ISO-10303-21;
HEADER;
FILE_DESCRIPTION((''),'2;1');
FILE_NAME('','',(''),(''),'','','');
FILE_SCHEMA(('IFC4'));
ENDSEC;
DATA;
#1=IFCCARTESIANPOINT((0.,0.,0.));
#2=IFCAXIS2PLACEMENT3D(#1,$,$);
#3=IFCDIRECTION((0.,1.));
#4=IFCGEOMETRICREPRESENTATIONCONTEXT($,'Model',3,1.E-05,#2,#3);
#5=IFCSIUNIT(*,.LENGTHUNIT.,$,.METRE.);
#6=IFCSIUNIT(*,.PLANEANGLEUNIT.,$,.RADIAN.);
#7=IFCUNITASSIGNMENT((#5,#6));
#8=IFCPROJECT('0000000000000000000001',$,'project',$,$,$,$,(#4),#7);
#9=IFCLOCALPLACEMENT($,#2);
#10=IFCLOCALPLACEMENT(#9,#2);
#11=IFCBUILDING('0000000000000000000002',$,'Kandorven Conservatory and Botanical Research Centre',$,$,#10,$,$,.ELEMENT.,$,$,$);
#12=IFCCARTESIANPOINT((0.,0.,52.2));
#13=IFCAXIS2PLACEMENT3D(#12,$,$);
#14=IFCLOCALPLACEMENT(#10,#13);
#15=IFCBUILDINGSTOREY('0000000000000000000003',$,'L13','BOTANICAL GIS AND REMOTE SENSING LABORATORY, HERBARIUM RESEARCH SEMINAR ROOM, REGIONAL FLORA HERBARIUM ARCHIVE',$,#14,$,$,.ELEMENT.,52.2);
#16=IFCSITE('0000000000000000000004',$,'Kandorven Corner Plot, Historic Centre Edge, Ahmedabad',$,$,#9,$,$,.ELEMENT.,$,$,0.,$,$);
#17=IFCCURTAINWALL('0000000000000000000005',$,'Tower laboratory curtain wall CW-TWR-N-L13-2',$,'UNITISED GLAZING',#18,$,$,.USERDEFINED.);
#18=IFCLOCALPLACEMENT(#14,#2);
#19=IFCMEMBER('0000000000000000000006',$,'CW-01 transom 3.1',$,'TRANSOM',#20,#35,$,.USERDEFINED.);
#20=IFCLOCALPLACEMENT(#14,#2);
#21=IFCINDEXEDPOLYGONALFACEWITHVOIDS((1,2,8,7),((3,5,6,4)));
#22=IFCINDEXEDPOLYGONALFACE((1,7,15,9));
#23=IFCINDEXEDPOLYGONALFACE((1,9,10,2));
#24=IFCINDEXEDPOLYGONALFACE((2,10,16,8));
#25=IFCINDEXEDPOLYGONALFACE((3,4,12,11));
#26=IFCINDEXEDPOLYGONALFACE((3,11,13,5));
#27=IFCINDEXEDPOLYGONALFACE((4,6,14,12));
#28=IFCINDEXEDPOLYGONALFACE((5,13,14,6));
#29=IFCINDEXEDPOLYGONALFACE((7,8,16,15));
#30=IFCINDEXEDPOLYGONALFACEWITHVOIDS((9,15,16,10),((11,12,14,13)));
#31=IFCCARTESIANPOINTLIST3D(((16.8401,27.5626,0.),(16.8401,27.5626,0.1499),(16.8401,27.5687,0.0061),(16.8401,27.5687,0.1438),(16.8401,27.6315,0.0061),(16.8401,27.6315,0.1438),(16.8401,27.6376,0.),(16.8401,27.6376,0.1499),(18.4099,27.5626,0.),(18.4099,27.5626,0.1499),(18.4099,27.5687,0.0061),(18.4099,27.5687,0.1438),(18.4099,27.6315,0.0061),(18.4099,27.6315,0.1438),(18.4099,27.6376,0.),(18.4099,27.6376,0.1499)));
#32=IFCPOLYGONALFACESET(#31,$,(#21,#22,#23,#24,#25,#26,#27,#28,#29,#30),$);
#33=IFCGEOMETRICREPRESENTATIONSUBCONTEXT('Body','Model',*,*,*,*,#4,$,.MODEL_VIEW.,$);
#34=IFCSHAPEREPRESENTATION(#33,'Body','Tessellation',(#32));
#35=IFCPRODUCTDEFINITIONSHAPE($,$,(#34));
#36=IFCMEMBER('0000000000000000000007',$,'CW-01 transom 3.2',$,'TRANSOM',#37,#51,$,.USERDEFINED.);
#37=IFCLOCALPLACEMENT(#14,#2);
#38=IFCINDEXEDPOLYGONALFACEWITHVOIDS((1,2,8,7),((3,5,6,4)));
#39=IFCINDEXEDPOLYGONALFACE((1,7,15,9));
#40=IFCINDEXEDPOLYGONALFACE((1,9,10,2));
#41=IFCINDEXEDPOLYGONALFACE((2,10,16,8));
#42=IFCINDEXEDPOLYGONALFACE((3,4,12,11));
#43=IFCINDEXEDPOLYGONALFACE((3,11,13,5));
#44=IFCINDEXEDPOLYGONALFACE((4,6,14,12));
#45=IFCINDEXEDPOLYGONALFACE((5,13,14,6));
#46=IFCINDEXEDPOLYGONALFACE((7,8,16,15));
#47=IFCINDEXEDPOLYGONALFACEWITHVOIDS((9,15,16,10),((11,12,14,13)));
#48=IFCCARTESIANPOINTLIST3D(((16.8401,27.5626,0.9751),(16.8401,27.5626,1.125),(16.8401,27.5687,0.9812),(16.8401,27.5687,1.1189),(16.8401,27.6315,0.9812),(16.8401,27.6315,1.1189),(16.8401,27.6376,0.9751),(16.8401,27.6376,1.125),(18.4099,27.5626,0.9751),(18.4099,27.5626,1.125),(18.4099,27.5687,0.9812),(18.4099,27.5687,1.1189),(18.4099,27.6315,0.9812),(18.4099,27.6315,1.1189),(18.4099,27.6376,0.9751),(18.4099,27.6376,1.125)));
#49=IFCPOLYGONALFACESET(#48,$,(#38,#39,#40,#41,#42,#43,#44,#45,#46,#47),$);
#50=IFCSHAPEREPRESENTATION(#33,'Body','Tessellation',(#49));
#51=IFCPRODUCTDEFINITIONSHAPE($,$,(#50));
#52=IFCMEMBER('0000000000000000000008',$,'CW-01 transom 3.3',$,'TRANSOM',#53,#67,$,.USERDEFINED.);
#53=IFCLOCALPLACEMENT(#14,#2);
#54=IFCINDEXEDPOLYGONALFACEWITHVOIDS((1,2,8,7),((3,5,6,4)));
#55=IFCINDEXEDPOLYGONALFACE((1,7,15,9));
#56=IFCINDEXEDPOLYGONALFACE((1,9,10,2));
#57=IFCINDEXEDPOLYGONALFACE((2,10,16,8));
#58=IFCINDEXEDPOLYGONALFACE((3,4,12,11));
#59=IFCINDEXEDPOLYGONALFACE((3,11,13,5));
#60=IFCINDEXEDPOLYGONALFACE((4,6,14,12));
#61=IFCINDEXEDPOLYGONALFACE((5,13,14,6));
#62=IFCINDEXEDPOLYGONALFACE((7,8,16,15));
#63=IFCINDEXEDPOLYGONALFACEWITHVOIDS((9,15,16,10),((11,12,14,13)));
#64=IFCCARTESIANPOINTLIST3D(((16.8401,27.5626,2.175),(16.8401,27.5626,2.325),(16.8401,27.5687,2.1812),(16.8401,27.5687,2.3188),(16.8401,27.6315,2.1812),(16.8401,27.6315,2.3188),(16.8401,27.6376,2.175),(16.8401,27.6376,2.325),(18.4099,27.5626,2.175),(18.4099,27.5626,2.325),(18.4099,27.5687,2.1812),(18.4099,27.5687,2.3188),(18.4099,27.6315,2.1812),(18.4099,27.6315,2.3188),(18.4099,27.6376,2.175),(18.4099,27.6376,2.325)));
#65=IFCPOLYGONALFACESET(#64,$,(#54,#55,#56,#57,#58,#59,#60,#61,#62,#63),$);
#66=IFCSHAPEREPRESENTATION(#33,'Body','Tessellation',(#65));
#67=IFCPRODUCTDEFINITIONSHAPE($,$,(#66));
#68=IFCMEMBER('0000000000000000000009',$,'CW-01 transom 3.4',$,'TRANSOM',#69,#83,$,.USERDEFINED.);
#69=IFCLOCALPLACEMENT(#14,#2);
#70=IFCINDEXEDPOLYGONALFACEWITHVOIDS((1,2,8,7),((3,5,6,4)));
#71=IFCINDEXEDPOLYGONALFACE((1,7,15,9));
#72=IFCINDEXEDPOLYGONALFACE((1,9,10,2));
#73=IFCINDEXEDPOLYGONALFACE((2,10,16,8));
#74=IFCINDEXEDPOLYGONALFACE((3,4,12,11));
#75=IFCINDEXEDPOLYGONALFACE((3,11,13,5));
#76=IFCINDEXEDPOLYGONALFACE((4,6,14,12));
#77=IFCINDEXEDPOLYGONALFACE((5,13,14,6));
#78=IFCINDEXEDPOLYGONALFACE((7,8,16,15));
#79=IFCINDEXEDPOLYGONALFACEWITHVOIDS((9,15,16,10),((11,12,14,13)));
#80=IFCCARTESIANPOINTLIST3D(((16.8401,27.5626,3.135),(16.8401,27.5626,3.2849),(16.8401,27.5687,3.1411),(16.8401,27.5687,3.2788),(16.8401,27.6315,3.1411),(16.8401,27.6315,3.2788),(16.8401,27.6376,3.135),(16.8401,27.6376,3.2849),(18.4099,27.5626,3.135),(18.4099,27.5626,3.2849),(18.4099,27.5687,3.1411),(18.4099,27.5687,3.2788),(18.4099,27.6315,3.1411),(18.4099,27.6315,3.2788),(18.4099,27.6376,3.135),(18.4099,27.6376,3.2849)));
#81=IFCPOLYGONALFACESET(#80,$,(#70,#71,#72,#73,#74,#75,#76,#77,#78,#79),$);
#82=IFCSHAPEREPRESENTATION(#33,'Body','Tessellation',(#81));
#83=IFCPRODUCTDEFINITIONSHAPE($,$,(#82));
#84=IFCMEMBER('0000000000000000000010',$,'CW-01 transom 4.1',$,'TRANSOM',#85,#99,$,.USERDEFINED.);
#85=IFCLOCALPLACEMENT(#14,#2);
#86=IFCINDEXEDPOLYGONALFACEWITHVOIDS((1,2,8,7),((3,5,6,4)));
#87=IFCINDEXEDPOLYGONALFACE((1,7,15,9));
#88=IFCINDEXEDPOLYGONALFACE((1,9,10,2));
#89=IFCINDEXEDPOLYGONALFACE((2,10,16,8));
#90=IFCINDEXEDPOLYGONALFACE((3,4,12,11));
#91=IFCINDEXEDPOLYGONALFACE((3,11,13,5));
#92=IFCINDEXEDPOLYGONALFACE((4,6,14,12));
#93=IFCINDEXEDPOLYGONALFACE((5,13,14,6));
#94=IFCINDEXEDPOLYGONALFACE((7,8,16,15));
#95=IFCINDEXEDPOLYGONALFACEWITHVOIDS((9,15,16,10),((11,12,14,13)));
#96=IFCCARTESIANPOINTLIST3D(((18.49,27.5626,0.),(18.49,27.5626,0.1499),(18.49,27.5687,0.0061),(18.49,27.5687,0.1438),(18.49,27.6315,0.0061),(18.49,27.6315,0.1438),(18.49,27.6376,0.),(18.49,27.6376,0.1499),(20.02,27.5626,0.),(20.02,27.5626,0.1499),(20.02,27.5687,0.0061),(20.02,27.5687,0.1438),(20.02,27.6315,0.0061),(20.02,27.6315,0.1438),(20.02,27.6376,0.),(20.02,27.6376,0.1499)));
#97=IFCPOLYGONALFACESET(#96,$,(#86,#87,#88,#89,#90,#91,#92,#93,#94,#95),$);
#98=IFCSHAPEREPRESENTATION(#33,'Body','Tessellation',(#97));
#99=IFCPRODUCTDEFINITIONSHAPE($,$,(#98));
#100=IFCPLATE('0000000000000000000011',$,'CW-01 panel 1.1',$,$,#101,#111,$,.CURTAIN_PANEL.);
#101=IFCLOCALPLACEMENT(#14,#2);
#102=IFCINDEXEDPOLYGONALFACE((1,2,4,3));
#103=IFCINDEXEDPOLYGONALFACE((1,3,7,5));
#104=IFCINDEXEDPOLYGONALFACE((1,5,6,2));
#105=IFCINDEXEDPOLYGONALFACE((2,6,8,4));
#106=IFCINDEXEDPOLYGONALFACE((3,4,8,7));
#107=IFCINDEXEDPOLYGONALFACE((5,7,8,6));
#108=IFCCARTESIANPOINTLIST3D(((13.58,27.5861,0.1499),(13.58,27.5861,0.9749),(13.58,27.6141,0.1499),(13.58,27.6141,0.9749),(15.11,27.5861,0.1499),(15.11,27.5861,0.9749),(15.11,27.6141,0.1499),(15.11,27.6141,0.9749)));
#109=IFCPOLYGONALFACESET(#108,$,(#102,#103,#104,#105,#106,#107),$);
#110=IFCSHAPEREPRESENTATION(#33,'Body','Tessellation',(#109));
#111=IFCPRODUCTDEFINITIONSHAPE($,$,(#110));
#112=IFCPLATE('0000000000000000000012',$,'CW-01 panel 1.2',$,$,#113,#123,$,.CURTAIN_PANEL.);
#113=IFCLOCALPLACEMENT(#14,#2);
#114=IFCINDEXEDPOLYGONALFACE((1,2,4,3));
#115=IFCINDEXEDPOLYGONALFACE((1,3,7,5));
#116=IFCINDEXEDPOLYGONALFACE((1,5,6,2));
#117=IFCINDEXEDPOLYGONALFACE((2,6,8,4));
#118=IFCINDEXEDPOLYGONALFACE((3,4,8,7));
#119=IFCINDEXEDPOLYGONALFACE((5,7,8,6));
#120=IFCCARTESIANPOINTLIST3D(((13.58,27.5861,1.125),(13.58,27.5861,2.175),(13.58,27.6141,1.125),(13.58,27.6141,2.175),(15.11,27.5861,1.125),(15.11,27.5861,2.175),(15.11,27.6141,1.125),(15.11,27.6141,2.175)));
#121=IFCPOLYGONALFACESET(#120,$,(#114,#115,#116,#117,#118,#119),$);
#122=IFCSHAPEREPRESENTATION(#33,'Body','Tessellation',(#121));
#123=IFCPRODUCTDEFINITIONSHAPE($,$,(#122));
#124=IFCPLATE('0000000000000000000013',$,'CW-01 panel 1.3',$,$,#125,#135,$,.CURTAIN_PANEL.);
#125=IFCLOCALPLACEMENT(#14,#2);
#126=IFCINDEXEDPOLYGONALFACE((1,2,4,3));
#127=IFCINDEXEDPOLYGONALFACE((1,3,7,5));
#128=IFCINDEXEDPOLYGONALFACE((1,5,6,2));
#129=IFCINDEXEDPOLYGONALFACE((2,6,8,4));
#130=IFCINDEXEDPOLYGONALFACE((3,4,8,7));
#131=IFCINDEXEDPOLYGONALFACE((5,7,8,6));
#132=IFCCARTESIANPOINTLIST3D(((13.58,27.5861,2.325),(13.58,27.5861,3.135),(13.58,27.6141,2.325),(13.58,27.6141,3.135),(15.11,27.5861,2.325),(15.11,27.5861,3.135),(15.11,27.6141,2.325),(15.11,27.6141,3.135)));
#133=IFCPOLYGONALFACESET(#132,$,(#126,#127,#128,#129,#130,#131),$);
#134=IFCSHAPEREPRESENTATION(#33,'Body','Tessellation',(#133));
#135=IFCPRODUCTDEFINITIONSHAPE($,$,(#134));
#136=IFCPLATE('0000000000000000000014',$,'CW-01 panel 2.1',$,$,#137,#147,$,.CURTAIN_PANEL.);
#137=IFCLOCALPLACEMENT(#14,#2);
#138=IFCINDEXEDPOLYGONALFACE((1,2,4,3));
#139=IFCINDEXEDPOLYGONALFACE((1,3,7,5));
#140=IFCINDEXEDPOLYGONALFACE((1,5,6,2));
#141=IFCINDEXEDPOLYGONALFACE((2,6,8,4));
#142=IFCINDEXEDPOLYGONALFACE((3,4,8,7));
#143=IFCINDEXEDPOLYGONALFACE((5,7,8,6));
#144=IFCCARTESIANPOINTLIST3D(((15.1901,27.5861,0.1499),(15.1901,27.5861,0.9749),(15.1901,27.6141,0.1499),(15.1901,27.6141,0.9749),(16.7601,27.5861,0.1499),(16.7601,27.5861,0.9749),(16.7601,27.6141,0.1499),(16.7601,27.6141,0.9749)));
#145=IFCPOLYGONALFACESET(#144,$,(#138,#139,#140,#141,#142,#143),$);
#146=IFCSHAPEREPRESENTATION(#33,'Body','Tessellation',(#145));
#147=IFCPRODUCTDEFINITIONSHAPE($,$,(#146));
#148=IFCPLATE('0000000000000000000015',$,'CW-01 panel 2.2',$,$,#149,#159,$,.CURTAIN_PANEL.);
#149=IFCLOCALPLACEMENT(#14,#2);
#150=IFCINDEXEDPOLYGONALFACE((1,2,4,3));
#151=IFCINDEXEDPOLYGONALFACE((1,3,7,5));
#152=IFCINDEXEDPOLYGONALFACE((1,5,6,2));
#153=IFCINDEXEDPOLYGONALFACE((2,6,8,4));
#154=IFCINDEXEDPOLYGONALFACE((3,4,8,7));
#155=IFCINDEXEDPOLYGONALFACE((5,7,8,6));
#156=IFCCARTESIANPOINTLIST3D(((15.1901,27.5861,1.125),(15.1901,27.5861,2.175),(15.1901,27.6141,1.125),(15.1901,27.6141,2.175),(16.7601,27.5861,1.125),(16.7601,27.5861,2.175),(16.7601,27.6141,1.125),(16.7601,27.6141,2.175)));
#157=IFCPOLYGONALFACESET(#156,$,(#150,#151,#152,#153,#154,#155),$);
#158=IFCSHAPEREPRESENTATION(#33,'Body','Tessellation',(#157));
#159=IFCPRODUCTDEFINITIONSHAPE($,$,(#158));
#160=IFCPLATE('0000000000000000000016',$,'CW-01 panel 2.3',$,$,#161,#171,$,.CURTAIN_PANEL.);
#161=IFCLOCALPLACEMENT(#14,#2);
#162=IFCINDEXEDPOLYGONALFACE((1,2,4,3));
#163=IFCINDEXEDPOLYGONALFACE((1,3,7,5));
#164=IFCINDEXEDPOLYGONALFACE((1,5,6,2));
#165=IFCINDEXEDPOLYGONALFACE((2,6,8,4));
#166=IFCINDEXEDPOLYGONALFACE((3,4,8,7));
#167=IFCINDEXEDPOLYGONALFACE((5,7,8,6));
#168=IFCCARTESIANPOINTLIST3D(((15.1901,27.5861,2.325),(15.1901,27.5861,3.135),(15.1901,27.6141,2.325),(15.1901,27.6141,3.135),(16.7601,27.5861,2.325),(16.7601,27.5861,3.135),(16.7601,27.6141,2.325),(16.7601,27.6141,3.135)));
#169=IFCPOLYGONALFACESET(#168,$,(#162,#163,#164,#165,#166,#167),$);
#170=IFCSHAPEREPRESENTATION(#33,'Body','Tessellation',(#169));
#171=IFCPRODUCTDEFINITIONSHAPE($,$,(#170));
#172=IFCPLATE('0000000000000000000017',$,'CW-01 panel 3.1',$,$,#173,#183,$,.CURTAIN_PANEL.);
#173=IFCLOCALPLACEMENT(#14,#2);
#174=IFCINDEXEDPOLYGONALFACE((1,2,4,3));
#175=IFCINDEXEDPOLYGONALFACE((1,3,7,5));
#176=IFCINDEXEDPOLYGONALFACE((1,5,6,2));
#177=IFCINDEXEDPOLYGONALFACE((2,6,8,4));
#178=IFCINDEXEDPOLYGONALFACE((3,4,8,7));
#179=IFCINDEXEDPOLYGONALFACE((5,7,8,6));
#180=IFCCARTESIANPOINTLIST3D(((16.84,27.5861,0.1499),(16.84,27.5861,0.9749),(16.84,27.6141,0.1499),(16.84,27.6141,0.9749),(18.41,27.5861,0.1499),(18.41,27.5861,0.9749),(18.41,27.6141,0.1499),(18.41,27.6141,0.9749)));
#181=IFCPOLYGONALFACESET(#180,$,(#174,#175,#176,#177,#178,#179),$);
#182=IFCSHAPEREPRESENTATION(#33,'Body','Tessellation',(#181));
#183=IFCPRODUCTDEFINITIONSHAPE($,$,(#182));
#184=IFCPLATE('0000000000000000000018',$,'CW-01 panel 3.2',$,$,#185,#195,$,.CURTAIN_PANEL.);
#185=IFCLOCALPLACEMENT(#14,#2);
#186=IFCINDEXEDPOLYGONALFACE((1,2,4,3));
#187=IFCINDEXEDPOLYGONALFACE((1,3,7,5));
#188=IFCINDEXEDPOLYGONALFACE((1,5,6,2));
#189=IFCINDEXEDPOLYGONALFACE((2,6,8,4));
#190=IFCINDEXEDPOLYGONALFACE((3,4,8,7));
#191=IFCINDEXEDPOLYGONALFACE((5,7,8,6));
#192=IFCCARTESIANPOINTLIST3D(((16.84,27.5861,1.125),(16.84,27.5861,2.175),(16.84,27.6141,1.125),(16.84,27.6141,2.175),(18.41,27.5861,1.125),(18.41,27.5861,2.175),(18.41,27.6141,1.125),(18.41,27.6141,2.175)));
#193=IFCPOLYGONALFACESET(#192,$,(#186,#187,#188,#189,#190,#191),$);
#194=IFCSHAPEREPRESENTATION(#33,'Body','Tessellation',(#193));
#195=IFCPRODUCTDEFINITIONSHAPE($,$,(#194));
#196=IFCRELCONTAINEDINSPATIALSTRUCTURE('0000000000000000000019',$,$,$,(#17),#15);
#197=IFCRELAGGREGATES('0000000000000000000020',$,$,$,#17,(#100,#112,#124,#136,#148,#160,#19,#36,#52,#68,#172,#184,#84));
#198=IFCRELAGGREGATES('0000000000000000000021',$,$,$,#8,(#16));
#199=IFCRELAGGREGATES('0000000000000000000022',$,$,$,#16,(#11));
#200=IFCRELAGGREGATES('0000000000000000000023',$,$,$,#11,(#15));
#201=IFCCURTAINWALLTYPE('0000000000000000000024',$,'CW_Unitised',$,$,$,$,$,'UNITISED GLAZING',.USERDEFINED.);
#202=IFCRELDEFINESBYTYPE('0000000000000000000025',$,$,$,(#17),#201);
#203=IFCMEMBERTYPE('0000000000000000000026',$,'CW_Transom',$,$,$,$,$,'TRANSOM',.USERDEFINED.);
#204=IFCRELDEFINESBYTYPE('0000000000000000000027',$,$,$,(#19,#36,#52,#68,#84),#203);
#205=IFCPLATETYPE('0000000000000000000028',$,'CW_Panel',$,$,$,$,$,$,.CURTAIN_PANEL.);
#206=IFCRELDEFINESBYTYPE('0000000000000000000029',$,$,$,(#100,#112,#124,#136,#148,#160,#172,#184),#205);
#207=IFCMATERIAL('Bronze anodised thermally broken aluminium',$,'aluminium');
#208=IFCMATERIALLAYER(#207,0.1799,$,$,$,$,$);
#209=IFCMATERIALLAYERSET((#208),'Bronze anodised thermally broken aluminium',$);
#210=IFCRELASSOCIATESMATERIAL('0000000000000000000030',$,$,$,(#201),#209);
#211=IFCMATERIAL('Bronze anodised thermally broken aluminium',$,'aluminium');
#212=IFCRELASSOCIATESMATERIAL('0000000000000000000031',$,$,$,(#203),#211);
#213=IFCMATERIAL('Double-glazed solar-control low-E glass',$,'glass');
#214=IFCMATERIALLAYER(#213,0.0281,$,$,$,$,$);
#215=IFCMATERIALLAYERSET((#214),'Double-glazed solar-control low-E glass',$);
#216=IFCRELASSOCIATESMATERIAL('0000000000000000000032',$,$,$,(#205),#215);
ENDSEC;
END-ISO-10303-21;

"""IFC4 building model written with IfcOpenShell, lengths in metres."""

from ifc_helpers import new_model, si_unit, direction, frame, origin, origin_2d, place, context, subcontext, project, spatial, rectangle, hollow_rectangle, extrude, material, layer, layer_set, material_profile, profile_set, type_object, element, aggregate, save


model = new_model("IFC4")

# Units and contexts
model_context = context("Model", 3, precision=1e-05, world=origin(), true_north=direction((0.0, 1.0)))
body_context = subcontext(model_context, "Body", "Model", "MODEL_VIEW")
ifc_project = project(units=[si_unit("LENGTHUNIT", "METRE"), si_unit("PLANEANGLEUNIT", "RADIAN")], contexts=[model_context])

# Site, building, storey
site_placement = place(None, origin())
site = spatial("IfcSite", under=ifc_project, at=site_placement, Name="Kandorven Corner Plot, Historic Centre Edge, Ahmedabad", CompositionType="ELEMENT", RefElevation=0.0)
building_placement = place(site_placement, origin())
building = spatial("IfcBuilding", under=site, at=building_placement, Name="Kandorven Conservatory and Botanical Research Centre", CompositionType="ELEMENT")
storey_placement = place(building_placement, frame((0.0, 0.0, 52.2)))
storey = spatial("IfcBuildingStorey", under=building, at=storey_placement, Name="L13", Description="BOTANICAL GIS AND REMOTE SENSING LABORATORY, HERBARIUM RESEARCH SEMINAR ROOM, REGIONAL FLORA HERBARIUM ARCHIVE", CompositionType="ELEMENT", Elevation=52.2)

# Curtain wall, members, plates
ifc_material_1 = material(Name="Bronze anodised thermally broken aluminium", Category="aluminium")
ifc_layer_1 = layer(ifc_material_1, 0.1799)
ifc_layer_set_1 = layer_set([ifc_layer_1], Name="Bronze anodised thermally broken aluminium")
curtain_wall_type = type_object("IfcCurtainWallType", Name="CW_Unitised", ElementType="UNITISED GLAZING", PredefinedType="USERDEFINED", material=ifc_layer_set_1)
curtain_wall_placement = place(storey_placement, origin())
curtain_wall = element("IfcCurtainWall", 1, at=curtain_wall_placement, inside=storey, type_object=curtain_wall_type, Name="Tower laboratory curtain wall CW-TWR-N-L13-2", ObjectType="UNITISED GLAZING", PredefinedType="USERDEFINED")
ifc_material_2 = material(Name="Bronze anodised thermally broken aluminium", Category="aluminium")
ifc_material_profile_1 = material_profile(ifc_material_2, hollow_rectangle(XDim=0.075, YDim=0.1499, WallThickness=0.0061, at=origin_2d()))
ifc_profile_set_1 = profile_set([ifc_material_profile_1], Name="Bronze anodised thermally broken aluminium")
member_type_1 = type_object("IfcMemberType", Name="CW_Transom", ElementType="TRANSOM", PredefinedType="USERDEFINED", material=ifc_profile_set_1)
member_1_placement = place(storey_placement, frame((16.8401, 27.6001, 0.075), z_axis=(1.0, 0.0, 0.0), x_axis=(0.0, 1.0, 0.0)))
member_1 = element("IfcMember", 2, at=member_1_placement, type_object=member_type_1, Name="CW-01 transom 3.1", ObjectType="TRANSOM", PredefinedType="USERDEFINED", context=body_context, shape_type="SweptSolid", body=[
    extrude(hollow_rectangle(XDim=0.075, YDim=0.1499, WallThickness=0.0061, at=origin_2d()), origin(), (0.0, 0.0, 1.0), 1.5698),
])
member_2_placement = place(storey_placement, frame((16.8401, 27.6001, 1.05), z_axis=(1.0, 0.0, 0.0), x_axis=(0.0, 1.0, 0.0)))
member_2 = element("IfcMember", 3, at=member_2_placement, type_object=member_type_1, Name="CW-01 transom 3.2", ObjectType="TRANSOM", PredefinedType="USERDEFINED", context=body_context, shape_type="SweptSolid", body=[
    extrude(hollow_rectangle(XDim=0.075, YDim=0.1499, WallThickness=0.0061, at=origin_2d()), origin(), (0.0, 0.0, 1.0), 1.5698),
])
member_3_placement = place(storey_placement, frame((16.8401, 27.6001, 2.25), z_axis=(1.0, 0.0, 0.0), x_axis=(0.0, 1.0, 0.0)))
member_3 = element("IfcMember", 4, at=member_3_placement, type_object=member_type_1, Name="CW-01 transom 3.3", ObjectType="TRANSOM", PredefinedType="USERDEFINED", context=body_context, shape_type="SweptSolid", body=[
    extrude(hollow_rectangle(XDim=0.075, YDim=0.1499, WallThickness=0.0061, at=origin_2d()), origin(), (0.0, 0.0, 1.0), 1.5698),
])
member_4_placement = place(storey_placement, frame((16.8401, 27.6001, 3.21), z_axis=(1.0, 0.0, 0.0), x_axis=(0.0, 1.0, 0.0)))
member_4 = element("IfcMember", 5, at=member_4_placement, type_object=member_type_1, Name="CW-01 transom 3.4", ObjectType="TRANSOM", PredefinedType="USERDEFINED", context=body_context, shape_type="SweptSolid", body=[
    extrude(hollow_rectangle(XDim=0.075, YDim=0.1499, WallThickness=0.0061, at=origin_2d()), origin(), (0.0, 0.0, 1.0), 1.5698),
])
member_5_placement = place(storey_placement, frame((18.49, 27.6001, 0.075), z_axis=(1.0, 0.0, 0.0), x_axis=(0.0, 1.0, 0.0)))
member_5 = element("IfcMember", 6, at=member_5_placement, type_object=member_type_1, Name="CW-01 transom 4.1", ObjectType="TRANSOM", PredefinedType="USERDEFINED", context=body_context, shape_type="SweptSolid", body=[
    extrude(hollow_rectangle(XDim=0.075, YDim=0.1499, WallThickness=0.0061, at=origin_2d()), origin(), (0.0, 0.0, 1.0), 1.53),
])
ifc_material_3 = material(Name="Double-glazed solar-control low-E glass", Category="glass")
ifc_layer_2 = layer(ifc_material_3, 0.0281)
ifc_layer_set_2 = layer_set([ifc_layer_2], Name="Double-glazed solar-control low-E glass")
plate_type = type_object("IfcPlateType", Name="CW_Panel", PredefinedType="CURTAIN_PANEL", material=ifc_layer_set_2)
plate_1_placement = place(storey_placement, frame((14.345, 27.6001, 0.1499), z_axis=(0.0, 0.0, 1.0), x_axis=(1.0, 0.0, 0.0)))
plate_1 = element("IfcPlate", 7, at=plate_1_placement, type_object=plate_type, Name="CW-01 panel 1.1", PredefinedType="CURTAIN_PANEL", context=body_context, shape_type="SweptSolid", body=[
    extrude(rectangle(XDim=1.53, YDim=0.0281, at=origin_2d()), origin(), (0.0, 0.0, 1.0), 0.825),
])
plate_2_placement = place(storey_placement, frame((14.345, 27.6001, 1.125), z_axis=(0.0, 0.0, 1.0), x_axis=(1.0, 0.0, 0.0)))
plate_2 = element("IfcPlate", 8, at=plate_2_placement, type_object=plate_type, Name="CW-01 panel 1.2", PredefinedType="CURTAIN_PANEL", context=body_context, shape_type="SweptSolid", body=[
    extrude(rectangle(XDim=1.53, YDim=0.0281, at=origin_2d()), origin(), (0.0, 0.0, 1.0), 1.05),
])
plate_3_placement = place(storey_placement, frame((14.345, 27.6001, 2.325), z_axis=(0.0, 0.0, 1.0), x_axis=(1.0, 0.0, 0.0)))
plate_3 = element("IfcPlate", 9, at=plate_3_placement, type_object=plate_type, Name="CW-01 panel 1.3", PredefinedType="CURTAIN_PANEL", context=body_context, shape_type="SweptSolid", body=[
    extrude(rectangle(XDim=1.53, YDim=0.0281, at=origin_2d()), origin(), (0.0, 0.0, 1.0), 0.8101),
])
plate_4_placement = place(storey_placement, frame((15.9751, 27.6001, 0.1499), z_axis=(0.0, 0.0, 1.0), x_axis=(1.0, 0.0, 0.0)))
plate_4 = element("IfcPlate", 10, at=plate_4_placement, type_object=plate_type, Name="CW-01 panel 2.1", PredefinedType="CURTAIN_PANEL", context=body_context, shape_type="SweptSolid", body=[
    extrude(rectangle(XDim=1.5701, YDim=0.0281, at=origin_2d()), origin(), (0.0, 0.0, 1.0), 0.825),
])
plate_5_placement = place(storey_placement, frame((15.9751, 27.6001, 1.125), z_axis=(0.0, 0.0, 1.0), x_axis=(1.0, 0.0, 0.0)))
plate_5 = element("IfcPlate", 11, at=plate_5_placement, type_object=plate_type, Name="CW-01 panel 2.2", PredefinedType="CURTAIN_PANEL", context=body_context, shape_type="SweptSolid", body=[
    extrude(rectangle(XDim=1.5701, YDim=0.0281, at=origin_2d()), origin(), (0.0, 0.0, 1.0), 1.05),
])
plate_6_placement = place(storey_placement, frame((15.9751, 27.6001, 2.325), z_axis=(0.0, 0.0, 1.0), x_axis=(1.0, 0.0, 0.0)))
plate_6 = element("IfcPlate", 12, at=plate_6_placement, type_object=plate_type, Name="CW-01 panel 2.3", PredefinedType="CURTAIN_PANEL", context=body_context, shape_type="SweptSolid", body=[
    extrude(rectangle(XDim=1.5701, YDim=0.0281, at=origin_2d()), origin(), (0.0, 0.0, 1.0), 0.8101),
])
plate_7_placement = place(storey_placement, frame((17.625, 27.6001, 0.1499), z_axis=(0.0, 0.0, 1.0), x_axis=(1.0, 0.0, 0.0)))
plate_7 = element("IfcPlate", 13, at=plate_7_placement, type_object=plate_type, Name="CW-01 panel 3.1", PredefinedType="CURTAIN_PANEL", context=body_context, shape_type="SweptSolid", body=[
    extrude(rectangle(XDim=1.5701, YDim=0.0281, at=origin_2d()), origin(), (0.0, 0.0, 1.0), 0.825),
])
plate_8_placement = place(storey_placement, frame((17.625, 27.6001, 1.125), z_axis=(0.0, 0.0, 1.0), x_axis=(1.0, 0.0, 0.0)))
plate_8 = element("IfcPlate", 14, at=plate_8_placement, type_object=plate_type, Name="CW-01 panel 3.2", PredefinedType="CURTAIN_PANEL", context=body_context, shape_type="SweptSolid", body=[
    extrude(rectangle(XDim=1.5701, YDim=0.0281, at=origin_2d()), origin(), (0.0, 0.0, 1.0), 1.05),
])
aggregate(curtain_wall, [plate_1, plate_2, plate_3, plate_4, plate_5, plate_6, member_1, member_2, member_3, member_4, plate_7, plate_8, member_5])

save(model, "model.ifc")
